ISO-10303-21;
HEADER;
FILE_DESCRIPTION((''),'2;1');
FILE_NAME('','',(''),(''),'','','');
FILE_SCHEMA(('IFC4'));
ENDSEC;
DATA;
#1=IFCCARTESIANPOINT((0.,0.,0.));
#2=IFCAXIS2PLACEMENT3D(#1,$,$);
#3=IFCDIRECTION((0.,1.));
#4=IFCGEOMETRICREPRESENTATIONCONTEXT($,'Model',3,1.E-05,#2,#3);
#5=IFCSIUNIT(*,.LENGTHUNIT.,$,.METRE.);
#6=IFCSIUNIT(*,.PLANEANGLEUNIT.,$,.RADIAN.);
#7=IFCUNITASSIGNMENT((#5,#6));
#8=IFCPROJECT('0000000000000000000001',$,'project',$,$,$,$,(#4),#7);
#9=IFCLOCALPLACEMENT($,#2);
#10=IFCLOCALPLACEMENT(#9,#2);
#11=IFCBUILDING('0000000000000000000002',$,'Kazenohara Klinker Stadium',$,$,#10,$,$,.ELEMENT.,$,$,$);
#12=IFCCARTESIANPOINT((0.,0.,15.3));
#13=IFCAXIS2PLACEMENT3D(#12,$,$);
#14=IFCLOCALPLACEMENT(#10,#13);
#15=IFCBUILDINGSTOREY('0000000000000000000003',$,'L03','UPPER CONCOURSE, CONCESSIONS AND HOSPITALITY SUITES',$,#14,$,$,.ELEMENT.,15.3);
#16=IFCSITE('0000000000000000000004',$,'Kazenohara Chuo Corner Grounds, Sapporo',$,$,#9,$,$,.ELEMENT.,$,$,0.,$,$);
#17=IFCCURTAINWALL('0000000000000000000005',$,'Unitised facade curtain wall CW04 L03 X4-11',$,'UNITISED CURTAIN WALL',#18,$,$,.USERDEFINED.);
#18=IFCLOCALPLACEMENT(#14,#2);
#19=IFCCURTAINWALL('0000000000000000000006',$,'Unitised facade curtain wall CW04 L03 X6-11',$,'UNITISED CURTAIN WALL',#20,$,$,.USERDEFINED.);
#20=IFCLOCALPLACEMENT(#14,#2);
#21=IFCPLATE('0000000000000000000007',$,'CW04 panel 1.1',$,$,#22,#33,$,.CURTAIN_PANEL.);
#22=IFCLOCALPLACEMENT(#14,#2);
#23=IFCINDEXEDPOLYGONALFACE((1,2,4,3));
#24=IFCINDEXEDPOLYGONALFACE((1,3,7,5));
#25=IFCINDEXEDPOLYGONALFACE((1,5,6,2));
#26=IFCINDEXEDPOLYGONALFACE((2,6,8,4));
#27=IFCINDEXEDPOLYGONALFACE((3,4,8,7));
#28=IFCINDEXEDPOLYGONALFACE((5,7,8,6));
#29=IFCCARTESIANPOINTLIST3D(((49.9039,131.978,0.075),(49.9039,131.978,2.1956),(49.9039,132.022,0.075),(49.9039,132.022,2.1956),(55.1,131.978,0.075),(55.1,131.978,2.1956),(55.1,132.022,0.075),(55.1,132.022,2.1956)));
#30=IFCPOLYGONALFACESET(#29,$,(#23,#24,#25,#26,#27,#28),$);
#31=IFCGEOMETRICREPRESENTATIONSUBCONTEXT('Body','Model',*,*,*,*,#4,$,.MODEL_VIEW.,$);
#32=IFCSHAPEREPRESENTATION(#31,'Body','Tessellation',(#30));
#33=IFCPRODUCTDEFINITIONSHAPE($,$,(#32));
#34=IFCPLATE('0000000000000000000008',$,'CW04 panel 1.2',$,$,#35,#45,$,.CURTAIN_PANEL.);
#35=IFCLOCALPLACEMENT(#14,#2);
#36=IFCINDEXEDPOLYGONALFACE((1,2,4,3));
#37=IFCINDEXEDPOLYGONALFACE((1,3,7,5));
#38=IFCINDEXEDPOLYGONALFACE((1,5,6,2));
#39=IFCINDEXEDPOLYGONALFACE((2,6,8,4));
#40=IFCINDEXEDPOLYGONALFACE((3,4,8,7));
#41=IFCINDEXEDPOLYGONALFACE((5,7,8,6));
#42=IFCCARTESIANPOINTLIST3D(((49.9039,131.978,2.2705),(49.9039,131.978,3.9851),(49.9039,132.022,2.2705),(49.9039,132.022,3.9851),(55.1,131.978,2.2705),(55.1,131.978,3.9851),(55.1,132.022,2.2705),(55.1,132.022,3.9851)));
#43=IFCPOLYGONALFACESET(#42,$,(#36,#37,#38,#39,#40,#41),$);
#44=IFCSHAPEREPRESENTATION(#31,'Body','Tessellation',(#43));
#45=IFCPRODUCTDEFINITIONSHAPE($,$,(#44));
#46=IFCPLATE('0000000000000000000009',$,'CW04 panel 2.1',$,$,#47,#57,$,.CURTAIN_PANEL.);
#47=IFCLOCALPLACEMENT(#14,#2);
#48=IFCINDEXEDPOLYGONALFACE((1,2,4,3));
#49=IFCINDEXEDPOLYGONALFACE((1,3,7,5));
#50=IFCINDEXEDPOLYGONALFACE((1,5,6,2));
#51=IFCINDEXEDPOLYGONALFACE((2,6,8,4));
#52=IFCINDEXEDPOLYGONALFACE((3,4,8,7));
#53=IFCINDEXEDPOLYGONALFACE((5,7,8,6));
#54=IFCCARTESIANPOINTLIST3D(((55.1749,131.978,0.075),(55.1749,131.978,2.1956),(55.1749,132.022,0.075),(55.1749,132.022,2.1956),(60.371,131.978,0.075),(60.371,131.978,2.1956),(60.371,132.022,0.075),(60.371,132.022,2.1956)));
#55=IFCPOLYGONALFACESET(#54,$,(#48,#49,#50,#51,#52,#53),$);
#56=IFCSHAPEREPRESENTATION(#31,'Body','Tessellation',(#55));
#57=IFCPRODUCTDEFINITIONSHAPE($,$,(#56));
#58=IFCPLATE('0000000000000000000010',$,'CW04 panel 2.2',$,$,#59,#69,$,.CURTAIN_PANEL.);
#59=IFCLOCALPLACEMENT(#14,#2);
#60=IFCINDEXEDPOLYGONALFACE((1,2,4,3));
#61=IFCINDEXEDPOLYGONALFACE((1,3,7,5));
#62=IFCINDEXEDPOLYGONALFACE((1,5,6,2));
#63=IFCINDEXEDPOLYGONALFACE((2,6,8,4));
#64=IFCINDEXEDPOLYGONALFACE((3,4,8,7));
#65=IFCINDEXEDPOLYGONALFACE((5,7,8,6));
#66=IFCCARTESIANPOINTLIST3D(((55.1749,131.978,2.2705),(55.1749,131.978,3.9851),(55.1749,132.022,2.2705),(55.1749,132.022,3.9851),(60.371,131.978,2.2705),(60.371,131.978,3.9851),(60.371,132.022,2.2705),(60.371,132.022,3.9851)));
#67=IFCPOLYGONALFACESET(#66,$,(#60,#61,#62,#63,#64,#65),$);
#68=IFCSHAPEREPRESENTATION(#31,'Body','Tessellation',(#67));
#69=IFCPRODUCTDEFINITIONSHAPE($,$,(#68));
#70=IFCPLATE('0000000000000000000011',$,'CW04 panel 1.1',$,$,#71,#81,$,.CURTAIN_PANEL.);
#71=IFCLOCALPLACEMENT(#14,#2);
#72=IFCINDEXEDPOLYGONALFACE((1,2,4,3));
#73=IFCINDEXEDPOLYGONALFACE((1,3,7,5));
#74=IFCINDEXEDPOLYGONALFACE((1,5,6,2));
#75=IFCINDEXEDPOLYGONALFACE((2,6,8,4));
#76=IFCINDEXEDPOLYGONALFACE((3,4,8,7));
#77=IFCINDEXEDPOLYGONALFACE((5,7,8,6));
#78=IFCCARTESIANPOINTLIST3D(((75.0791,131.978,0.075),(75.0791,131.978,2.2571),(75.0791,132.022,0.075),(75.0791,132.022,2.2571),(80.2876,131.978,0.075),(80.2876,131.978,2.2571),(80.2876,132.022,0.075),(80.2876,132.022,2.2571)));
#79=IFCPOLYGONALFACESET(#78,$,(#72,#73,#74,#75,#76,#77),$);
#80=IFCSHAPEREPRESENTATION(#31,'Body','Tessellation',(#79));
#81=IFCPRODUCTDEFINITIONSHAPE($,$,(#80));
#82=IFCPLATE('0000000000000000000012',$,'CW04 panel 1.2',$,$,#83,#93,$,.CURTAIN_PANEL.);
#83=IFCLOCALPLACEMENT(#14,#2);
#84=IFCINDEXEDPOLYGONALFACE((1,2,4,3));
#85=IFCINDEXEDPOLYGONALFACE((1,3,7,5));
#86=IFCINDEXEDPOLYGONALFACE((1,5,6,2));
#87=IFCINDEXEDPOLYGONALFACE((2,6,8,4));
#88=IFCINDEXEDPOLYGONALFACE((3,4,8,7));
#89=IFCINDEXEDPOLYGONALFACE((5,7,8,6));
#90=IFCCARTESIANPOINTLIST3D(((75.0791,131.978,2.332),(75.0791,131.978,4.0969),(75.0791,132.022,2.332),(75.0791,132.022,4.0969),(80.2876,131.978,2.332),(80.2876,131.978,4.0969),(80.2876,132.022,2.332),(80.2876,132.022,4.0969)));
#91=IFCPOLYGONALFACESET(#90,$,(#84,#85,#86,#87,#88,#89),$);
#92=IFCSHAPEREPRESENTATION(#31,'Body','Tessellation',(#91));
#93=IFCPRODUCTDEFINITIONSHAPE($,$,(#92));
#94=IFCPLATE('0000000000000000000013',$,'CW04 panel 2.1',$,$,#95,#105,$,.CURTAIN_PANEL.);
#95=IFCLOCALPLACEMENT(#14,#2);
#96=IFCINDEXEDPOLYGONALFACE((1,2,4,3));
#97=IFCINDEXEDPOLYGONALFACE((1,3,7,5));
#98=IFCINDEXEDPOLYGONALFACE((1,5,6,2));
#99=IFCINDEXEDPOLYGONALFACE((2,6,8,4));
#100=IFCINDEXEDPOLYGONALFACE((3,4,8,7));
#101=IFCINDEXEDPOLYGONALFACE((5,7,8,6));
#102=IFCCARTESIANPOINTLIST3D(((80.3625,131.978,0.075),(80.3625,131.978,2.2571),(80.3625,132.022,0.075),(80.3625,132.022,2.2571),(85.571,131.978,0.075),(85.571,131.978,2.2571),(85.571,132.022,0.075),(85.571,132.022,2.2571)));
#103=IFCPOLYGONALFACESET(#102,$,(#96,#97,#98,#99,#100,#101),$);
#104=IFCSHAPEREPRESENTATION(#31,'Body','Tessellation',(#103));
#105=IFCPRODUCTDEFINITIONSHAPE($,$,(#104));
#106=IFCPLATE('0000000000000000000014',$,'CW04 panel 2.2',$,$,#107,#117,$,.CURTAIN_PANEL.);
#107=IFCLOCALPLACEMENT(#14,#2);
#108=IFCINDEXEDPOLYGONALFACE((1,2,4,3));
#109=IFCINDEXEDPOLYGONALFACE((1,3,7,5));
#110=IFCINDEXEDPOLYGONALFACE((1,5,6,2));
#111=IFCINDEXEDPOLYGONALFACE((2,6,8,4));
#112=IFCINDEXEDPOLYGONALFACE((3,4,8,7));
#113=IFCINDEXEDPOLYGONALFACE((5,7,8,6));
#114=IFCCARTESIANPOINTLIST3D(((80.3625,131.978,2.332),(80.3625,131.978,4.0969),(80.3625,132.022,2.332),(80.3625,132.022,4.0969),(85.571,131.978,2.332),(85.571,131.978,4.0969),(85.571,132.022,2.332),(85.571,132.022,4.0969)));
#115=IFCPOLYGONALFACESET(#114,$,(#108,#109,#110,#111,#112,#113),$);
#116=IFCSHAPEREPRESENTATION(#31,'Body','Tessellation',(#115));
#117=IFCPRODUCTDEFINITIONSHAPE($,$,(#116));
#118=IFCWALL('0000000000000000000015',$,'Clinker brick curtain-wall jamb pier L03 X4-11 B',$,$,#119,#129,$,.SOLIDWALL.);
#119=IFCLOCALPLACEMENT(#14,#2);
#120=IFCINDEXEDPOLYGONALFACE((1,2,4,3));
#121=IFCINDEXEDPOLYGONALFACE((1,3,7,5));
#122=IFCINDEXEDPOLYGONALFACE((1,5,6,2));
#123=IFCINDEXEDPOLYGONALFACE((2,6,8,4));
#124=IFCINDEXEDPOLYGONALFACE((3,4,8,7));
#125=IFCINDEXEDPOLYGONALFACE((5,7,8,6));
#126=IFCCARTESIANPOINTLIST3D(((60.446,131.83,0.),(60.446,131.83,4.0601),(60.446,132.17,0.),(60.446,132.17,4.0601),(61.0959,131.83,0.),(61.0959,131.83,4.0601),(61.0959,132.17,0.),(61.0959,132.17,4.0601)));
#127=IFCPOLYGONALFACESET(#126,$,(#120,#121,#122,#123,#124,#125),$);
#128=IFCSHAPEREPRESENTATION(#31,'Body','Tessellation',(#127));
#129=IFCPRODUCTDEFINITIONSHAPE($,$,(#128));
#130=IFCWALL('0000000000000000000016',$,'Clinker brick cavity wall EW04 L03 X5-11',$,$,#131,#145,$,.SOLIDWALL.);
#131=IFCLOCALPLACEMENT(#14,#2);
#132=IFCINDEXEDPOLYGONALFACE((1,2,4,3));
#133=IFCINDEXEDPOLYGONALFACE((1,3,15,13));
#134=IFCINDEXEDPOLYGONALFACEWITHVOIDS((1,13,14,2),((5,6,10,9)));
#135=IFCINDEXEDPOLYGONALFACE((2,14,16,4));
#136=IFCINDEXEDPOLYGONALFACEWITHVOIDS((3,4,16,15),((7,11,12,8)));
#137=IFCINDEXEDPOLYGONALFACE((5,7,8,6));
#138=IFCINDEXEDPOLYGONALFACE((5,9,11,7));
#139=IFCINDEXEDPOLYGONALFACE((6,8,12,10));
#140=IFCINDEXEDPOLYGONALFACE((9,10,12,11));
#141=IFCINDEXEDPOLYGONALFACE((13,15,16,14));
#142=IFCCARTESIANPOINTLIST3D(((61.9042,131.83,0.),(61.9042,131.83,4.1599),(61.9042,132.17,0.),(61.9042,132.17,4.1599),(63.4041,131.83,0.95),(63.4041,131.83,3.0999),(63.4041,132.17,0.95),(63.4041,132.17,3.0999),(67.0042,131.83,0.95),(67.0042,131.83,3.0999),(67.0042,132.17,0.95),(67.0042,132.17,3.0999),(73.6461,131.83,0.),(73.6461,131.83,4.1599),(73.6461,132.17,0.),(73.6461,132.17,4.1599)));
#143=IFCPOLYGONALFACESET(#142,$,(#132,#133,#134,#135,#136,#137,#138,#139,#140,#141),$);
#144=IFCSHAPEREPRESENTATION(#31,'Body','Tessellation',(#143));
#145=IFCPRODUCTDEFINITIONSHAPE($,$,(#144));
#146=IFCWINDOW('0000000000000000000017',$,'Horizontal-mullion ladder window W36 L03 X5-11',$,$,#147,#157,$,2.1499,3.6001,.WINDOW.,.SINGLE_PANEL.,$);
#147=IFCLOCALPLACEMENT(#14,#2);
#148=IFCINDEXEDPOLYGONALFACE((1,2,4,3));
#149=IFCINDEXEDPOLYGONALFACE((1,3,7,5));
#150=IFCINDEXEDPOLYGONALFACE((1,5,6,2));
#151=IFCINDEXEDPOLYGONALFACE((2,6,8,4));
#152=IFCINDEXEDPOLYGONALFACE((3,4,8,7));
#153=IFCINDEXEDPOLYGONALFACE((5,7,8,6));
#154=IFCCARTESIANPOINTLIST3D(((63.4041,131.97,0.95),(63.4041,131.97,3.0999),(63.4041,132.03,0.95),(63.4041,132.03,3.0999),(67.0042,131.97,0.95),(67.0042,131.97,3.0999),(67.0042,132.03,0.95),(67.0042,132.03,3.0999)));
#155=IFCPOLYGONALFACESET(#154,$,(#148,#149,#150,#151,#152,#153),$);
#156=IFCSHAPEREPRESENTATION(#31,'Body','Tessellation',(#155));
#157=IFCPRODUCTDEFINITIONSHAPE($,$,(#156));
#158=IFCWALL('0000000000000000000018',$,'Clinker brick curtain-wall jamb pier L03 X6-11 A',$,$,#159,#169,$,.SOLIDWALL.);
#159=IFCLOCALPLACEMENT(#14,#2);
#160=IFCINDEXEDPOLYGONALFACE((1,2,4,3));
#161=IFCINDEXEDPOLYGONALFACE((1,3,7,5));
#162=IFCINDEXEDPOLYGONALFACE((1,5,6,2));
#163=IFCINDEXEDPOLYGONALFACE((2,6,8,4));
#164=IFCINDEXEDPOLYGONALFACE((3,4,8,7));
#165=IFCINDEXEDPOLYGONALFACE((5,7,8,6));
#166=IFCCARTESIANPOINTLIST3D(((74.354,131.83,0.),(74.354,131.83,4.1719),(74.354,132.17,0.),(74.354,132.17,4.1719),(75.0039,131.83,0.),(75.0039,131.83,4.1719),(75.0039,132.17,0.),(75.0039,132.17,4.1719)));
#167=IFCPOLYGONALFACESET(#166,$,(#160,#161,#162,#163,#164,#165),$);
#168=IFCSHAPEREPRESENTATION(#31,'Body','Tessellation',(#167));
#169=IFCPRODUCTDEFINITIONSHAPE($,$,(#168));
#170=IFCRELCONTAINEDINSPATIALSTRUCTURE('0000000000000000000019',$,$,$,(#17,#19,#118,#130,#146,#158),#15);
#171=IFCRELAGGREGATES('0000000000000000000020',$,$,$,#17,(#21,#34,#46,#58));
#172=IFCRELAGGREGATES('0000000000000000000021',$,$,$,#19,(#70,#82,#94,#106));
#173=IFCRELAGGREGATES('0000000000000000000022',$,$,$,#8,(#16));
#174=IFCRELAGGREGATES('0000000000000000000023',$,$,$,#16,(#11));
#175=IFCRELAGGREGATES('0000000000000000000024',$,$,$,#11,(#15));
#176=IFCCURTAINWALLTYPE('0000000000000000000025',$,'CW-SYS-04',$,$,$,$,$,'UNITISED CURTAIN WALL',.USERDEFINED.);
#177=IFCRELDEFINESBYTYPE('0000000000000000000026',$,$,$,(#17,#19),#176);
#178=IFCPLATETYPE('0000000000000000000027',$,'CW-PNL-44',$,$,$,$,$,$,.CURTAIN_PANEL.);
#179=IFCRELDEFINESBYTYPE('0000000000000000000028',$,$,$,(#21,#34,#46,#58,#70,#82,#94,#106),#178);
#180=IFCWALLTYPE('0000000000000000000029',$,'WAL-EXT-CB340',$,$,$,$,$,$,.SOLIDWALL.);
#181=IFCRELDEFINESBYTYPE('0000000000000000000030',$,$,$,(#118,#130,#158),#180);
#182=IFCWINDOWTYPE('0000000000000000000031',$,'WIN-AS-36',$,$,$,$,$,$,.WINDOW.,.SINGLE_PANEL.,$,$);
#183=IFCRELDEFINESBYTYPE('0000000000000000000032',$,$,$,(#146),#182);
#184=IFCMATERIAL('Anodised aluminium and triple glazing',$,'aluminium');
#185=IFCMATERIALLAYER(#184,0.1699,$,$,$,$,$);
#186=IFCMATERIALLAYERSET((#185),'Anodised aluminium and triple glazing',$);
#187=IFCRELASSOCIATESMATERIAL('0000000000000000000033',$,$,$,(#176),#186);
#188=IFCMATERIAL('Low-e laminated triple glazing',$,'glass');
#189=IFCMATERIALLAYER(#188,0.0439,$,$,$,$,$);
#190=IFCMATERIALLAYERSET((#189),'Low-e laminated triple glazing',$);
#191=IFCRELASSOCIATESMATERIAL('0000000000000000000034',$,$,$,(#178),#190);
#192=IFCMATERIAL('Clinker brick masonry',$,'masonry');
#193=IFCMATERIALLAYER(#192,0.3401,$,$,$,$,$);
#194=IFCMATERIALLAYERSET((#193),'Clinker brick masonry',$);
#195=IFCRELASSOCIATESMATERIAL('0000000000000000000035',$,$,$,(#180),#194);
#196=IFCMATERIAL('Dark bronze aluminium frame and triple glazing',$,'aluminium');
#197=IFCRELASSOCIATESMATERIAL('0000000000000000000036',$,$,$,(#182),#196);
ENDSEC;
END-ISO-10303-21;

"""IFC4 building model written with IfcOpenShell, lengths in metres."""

from ifc_helpers import new_model, si_unit, direction, frame, frame_2d, origin, origin_2d, place, context, subcontext, project, spatial, rectangle, extrude, material, layer, layer_set, type_object, element, fill, aggregate, save


model = new_model("IFC4")

# Units and contexts
model_context = context("Model", 3, precision=1e-05, world=origin(), true_north=direction((0.0, 1.0)))
body_context = subcontext(model_context, "Body", "Model", "MODEL_VIEW")
ifc_project = project(units=[si_unit("LENGTHUNIT", "METRE"), si_unit("PLANEANGLEUNIT", "RADIAN")], contexts=[model_context])

# Site, building, storey
site_placement = place(None, origin())
site = spatial("IfcSite", under=ifc_project, at=site_placement, Name="Kazenohara Chuo Corner Grounds, Sapporo", CompositionType="ELEMENT", RefElevation=0.0)
building_placement = place(site_placement, origin())
building = spatial("IfcBuilding", under=site, at=building_placement, Name="Kazenohara Klinker Stadium", CompositionType="ELEMENT")
storey_placement = place(building_placement, frame((0.0, 0.0, 15.3)))
storey = spatial("IfcBuildingStorey", under=building, at=storey_placement, Name="L03", Description="UPPER CONCOURSE, CONCESSIONS AND HOSPITALITY SUITES", CompositionType="ELEMENT", Elevation=15.3)

# Curtain walls
ifc_material_1 = material(Name="Anodised aluminium and triple glazing", Category="aluminium")
ifc_layer_1 = layer(ifc_material_1, 0.1699)
ifc_layer_set_1 = layer_set([ifc_layer_1], Name="Anodised aluminium and triple glazing")
curtain_wall_type = type_object("IfcCurtainWallType", Name="CW-SYS-04", ElementType="UNITISED CURTAIN WALL", PredefinedType="USERDEFINED", material=ifc_layer_set_1)
curtain_wall_1_placement = place(storey_placement, origin())
curtain_wall_1 = element("IfcCurtainWall", 1, at=curtain_wall_1_placement, inside=storey, type_object=curtain_wall_type, Name="Unitised facade curtain wall CW04 L03 X4-11", ObjectType="UNITISED CURTAIN WALL", PredefinedType="USERDEFINED")
curtain_wall_2_placement = place(storey_placement, origin())
curtain_wall_2 = element("IfcCurtainWall", 2, at=curtain_wall_2_placement, inside=storey, type_object=curtain_wall_type, Name="Unitised facade curtain wall CW04 L03 X6-11", ObjectType="UNITISED CURTAIN WALL", PredefinedType="USERDEFINED")

# Plates
ifc_material_2 = material(Name="Low-e laminated triple glazing", Category="glass")
ifc_layer_2 = layer(ifc_material_2, 0.0439)
ifc_layer_set_2 = layer_set([ifc_layer_2], Name="Low-e laminated triple glazing")
plate_type = type_object("IfcPlateType", Name="CW-PNL-44", PredefinedType="CURTAIN_PANEL", material=ifc_layer_set_2)
plate_1_placement = place(storey_placement, frame((52.502, 132.0, 0.075), z_axis=(0.0, 0.0, 1.0), x_axis=(1.0, 0.0, 0.0)))
plate_1 = element("IfcPlate", 3, at=plate_1_placement, type_object=plate_type, Name="CW04 panel 1.1", PredefinedType="CURTAIN_PANEL", context=body_context, shape_type="SweptSolid", body=[
    extrude(rectangle(XDim=5.196, YDim=0.0439, at=origin_2d()), origin(), (0.0, 0.0, 1.0), 2.1206),
])
plate_2_placement = place(storey_placement, frame((52.502, 132.0, 2.2705), z_axis=(0.0, 0.0, 1.0), x_axis=(1.0, 0.0, 0.0)))
plate_2 = element("IfcPlate", 4, at=plate_2_placement, type_object=plate_type, Name="CW04 panel 1.2", PredefinedType="CURTAIN_PANEL", context=body_context, shape_type="SweptSolid", body=[
    extrude(rectangle(XDim=5.196, YDim=0.0439, at=origin_2d()), origin(), (0.0, 0.0, 1.0), 1.7146),
])
plate_3_placement = place(storey_placement, frame((57.7729, 132.0, 0.075), z_axis=(0.0, 0.0, 1.0), x_axis=(1.0, 0.0, 0.0)))
plate_3 = element("IfcPlate", 5, at=plate_3_placement, type_object=plate_type, Name="CW04 panel 2.1", PredefinedType="CURTAIN_PANEL", context=body_context, shape_type="SweptSolid", body=[
    extrude(rectangle(XDim=5.196, YDim=0.0439, at=origin_2d()), origin(), (0.0, 0.0, 1.0), 2.1206),
])
plate_4_placement = place(storey_placement, frame((57.7729, 132.0, 2.2705), z_axis=(0.0, 0.0, 1.0), x_axis=(1.0, 0.0, 0.0)))
plate_4 = element("IfcPlate", 6, at=plate_4_placement, type_object=plate_type, Name="CW04 panel 2.2", PredefinedType="CURTAIN_PANEL", context=body_context, shape_type="SweptSolid", body=[
    extrude(rectangle(XDim=5.196, YDim=0.0439, at=origin_2d()), origin(), (0.0, 0.0, 1.0), 1.7146),
])
aggregate(curtain_wall_1, [plate_1, plate_2, plate_3, plate_4])
plate_5_placement = place(storey_placement, frame((77.6833, 132.0, 0.075), z_axis=(0.0, 0.0, 1.0), x_axis=(1.0, 0.0, 0.0)))
plate_5 = element("IfcPlate", 7, at=plate_5_placement, type_object=plate_type, Name="CW04 panel 1.1", PredefinedType="CURTAIN_PANEL", context=body_context, shape_type="SweptSolid", body=[
    extrude(rectangle(XDim=5.2085, YDim=0.0439, at=origin_2d()), origin(), (0.0, 0.0, 1.0), 2.1821),
])
plate_6_placement = place(storey_placement, frame((77.6833, 132.0, 2.332), z_axis=(0.0, 0.0, 1.0), x_axis=(1.0, 0.0, 0.0)))
plate_6 = element("IfcPlate", 8, at=plate_6_placement, type_object=plate_type, Name="CW04 panel 1.2", PredefinedType="CURTAIN_PANEL", context=body_context, shape_type="SweptSolid", body=[
    extrude(rectangle(XDim=5.2085, YDim=0.0439, at=origin_2d()), origin(), (0.0, 0.0, 1.0), 1.7649),
])
plate_7_placement = place(storey_placement, frame((82.9668, 132.0, 0.075), z_axis=(0.0, 0.0, 1.0), x_axis=(1.0, 0.0, 0.0)))
plate_7 = element("IfcPlate", 9, at=plate_7_placement, type_object=plate_type, Name="CW04 panel 2.1", PredefinedType="CURTAIN_PANEL", context=body_context, shape_type="SweptSolid", body=[
    extrude(rectangle(XDim=5.2085, YDim=0.0439, at=origin_2d()), origin(), (0.0, 0.0, 1.0), 2.1821),
])
plate_8_placement = place(storey_placement, frame((82.9668, 132.0, 2.332), z_axis=(0.0, 0.0, 1.0), x_axis=(1.0, 0.0, 0.0)))
plate_8 = element("IfcPlate", 10, at=plate_8_placement, type_object=plate_type, Name="CW04 panel 2.2", PredefinedType="CURTAIN_PANEL", context=body_context, shape_type="SweptSolid", body=[
    extrude(rectangle(XDim=5.2085, YDim=0.0439, at=origin_2d()), origin(), (0.0, 0.0, 1.0), 1.7649),
])
aggregate(curtain_wall_2, [plate_5, plate_6, plate_7, plate_8])

# Wall
ifc_material_3 = material(Name="Clinker brick masonry", Category="masonry")
ifc_layer_3 = layer(ifc_material_3, 0.3401)
ifc_layer_set_3 = layer_set([ifc_layer_3], Name="Clinker brick masonry")
wall_type = type_object("IfcWallType", Name="WAL-EXT-CB340", PredefinedType="SOLIDWALL", material=ifc_layer_set_3)
wall_1_placement = place(storey_placement, frame((60.446, 132.0, 0.0), z_axis=(0.0, 0.0, 1.0), x_axis=(1.0, 0.0, 0.0)))
element("IfcWall", 11, at=wall_1_placement, inside=storey, type_object=wall_type, Name="Clinker brick curtain-wall jamb pier L03 X4-11 B", PredefinedType="SOLIDWALL", context=body_context, shape_type="SweptSolid", body=[
    extrude(rectangle(XDim=0.6499, YDim=0.3401, at=frame_2d((0.325, 0.0))), origin(), (0.0, 0.0, 1.0), 4.0601),
])

# Wall, opening, window
wall_2_placement = place(storey_placement, frame((61.9041, 132.0, 0.0), z_axis=(0.0, 0.0, 1.0), x_axis=(1.0, 0.0, 0.0)))
wall_2 = element("IfcWall", 12, at=wall_2_placement, inside=storey, type_object=wall_type, Name="Clinker brick cavity wall EW04 L03 X5-11", PredefinedType="SOLIDWALL", context=body_context, shape_type="SweptSolid", body=[
    extrude(rectangle(XDim=11.7419, YDim=0.3401, at=frame_2d((5.8711, 0.0))), origin(), (0.0, 0.0, 1.0), 4.1599),
])
opening_placement = place(wall_2_placement, frame((1.5, 0.0, 0.95)))
opening = element("IfcOpeningElement", 13, at=opening_placement, cuts=wall_2, PredefinedType="OPENING", context=body_context, shape_type="SweptSolid", body=[
    extrude(rectangle(XDim=3.6001, YDim=2.1499, at=frame_2d((1.8, 1.075))), frame((0.0, 0.1802, 0.0), z_axis=(0.0, -1.0, 0.0), x_axis=(1.0, 0.0, 0.0)), (0.0, 0.0, 1.0), 0.3601),
])
ifc_material_4 = material(Name="Dark bronze aluminium frame and triple glazing", Category="aluminium")
window_type = type_object("IfcWindowType", Name="WIN-AS-36", PartitioningType="SINGLE_PANEL", PredefinedType="WINDOW", material=ifc_material_4)
window_placement = place(opening_placement, origin())
window = element("IfcWindow", 14, at=window_placement, inside=storey, type_object=window_type, Name="Horizontal-mullion ladder window W36 L03 X5-11", OverallHeight=2.1499, OverallWidth=3.6001, PartitioningType="SINGLE_PANEL", PredefinedType="WINDOW", context=body_context, shape_type="SweptSolid", body=[
    extrude(rectangle(XDim=3.6001, YDim=2.1499, at=frame_2d((1.8, 1.075))), frame((0.0, 0.03, 0.0), z_axis=(0.0, -1.0, 0.0), x_axis=(1.0, 0.0, 0.0)), (0.0, 0.0, 1.0), 0.0601),
])
fill(opening, window)

# Wall
wall_3_placement = place(storey_placement, frame((74.354, 132.0, 0.0), z_axis=(0.0, 0.0, 1.0), x_axis=(1.0, 0.0, 0.0)))
element("IfcWall", 15, at=wall_3_placement, inside=storey, type_object=wall_type, Name="Clinker brick curtain-wall jamb pier L03 X6-11 A", PredefinedType="SOLIDWALL", context=body_context, shape_type="SweptSolid", body=[
    extrude(rectangle(XDim=0.6499, YDim=0.3401, at=frame_2d((0.325, 0.0))), origin(), (0.0, 0.0, 1.0), 4.1719),
])

save(model, "model.ifc")
